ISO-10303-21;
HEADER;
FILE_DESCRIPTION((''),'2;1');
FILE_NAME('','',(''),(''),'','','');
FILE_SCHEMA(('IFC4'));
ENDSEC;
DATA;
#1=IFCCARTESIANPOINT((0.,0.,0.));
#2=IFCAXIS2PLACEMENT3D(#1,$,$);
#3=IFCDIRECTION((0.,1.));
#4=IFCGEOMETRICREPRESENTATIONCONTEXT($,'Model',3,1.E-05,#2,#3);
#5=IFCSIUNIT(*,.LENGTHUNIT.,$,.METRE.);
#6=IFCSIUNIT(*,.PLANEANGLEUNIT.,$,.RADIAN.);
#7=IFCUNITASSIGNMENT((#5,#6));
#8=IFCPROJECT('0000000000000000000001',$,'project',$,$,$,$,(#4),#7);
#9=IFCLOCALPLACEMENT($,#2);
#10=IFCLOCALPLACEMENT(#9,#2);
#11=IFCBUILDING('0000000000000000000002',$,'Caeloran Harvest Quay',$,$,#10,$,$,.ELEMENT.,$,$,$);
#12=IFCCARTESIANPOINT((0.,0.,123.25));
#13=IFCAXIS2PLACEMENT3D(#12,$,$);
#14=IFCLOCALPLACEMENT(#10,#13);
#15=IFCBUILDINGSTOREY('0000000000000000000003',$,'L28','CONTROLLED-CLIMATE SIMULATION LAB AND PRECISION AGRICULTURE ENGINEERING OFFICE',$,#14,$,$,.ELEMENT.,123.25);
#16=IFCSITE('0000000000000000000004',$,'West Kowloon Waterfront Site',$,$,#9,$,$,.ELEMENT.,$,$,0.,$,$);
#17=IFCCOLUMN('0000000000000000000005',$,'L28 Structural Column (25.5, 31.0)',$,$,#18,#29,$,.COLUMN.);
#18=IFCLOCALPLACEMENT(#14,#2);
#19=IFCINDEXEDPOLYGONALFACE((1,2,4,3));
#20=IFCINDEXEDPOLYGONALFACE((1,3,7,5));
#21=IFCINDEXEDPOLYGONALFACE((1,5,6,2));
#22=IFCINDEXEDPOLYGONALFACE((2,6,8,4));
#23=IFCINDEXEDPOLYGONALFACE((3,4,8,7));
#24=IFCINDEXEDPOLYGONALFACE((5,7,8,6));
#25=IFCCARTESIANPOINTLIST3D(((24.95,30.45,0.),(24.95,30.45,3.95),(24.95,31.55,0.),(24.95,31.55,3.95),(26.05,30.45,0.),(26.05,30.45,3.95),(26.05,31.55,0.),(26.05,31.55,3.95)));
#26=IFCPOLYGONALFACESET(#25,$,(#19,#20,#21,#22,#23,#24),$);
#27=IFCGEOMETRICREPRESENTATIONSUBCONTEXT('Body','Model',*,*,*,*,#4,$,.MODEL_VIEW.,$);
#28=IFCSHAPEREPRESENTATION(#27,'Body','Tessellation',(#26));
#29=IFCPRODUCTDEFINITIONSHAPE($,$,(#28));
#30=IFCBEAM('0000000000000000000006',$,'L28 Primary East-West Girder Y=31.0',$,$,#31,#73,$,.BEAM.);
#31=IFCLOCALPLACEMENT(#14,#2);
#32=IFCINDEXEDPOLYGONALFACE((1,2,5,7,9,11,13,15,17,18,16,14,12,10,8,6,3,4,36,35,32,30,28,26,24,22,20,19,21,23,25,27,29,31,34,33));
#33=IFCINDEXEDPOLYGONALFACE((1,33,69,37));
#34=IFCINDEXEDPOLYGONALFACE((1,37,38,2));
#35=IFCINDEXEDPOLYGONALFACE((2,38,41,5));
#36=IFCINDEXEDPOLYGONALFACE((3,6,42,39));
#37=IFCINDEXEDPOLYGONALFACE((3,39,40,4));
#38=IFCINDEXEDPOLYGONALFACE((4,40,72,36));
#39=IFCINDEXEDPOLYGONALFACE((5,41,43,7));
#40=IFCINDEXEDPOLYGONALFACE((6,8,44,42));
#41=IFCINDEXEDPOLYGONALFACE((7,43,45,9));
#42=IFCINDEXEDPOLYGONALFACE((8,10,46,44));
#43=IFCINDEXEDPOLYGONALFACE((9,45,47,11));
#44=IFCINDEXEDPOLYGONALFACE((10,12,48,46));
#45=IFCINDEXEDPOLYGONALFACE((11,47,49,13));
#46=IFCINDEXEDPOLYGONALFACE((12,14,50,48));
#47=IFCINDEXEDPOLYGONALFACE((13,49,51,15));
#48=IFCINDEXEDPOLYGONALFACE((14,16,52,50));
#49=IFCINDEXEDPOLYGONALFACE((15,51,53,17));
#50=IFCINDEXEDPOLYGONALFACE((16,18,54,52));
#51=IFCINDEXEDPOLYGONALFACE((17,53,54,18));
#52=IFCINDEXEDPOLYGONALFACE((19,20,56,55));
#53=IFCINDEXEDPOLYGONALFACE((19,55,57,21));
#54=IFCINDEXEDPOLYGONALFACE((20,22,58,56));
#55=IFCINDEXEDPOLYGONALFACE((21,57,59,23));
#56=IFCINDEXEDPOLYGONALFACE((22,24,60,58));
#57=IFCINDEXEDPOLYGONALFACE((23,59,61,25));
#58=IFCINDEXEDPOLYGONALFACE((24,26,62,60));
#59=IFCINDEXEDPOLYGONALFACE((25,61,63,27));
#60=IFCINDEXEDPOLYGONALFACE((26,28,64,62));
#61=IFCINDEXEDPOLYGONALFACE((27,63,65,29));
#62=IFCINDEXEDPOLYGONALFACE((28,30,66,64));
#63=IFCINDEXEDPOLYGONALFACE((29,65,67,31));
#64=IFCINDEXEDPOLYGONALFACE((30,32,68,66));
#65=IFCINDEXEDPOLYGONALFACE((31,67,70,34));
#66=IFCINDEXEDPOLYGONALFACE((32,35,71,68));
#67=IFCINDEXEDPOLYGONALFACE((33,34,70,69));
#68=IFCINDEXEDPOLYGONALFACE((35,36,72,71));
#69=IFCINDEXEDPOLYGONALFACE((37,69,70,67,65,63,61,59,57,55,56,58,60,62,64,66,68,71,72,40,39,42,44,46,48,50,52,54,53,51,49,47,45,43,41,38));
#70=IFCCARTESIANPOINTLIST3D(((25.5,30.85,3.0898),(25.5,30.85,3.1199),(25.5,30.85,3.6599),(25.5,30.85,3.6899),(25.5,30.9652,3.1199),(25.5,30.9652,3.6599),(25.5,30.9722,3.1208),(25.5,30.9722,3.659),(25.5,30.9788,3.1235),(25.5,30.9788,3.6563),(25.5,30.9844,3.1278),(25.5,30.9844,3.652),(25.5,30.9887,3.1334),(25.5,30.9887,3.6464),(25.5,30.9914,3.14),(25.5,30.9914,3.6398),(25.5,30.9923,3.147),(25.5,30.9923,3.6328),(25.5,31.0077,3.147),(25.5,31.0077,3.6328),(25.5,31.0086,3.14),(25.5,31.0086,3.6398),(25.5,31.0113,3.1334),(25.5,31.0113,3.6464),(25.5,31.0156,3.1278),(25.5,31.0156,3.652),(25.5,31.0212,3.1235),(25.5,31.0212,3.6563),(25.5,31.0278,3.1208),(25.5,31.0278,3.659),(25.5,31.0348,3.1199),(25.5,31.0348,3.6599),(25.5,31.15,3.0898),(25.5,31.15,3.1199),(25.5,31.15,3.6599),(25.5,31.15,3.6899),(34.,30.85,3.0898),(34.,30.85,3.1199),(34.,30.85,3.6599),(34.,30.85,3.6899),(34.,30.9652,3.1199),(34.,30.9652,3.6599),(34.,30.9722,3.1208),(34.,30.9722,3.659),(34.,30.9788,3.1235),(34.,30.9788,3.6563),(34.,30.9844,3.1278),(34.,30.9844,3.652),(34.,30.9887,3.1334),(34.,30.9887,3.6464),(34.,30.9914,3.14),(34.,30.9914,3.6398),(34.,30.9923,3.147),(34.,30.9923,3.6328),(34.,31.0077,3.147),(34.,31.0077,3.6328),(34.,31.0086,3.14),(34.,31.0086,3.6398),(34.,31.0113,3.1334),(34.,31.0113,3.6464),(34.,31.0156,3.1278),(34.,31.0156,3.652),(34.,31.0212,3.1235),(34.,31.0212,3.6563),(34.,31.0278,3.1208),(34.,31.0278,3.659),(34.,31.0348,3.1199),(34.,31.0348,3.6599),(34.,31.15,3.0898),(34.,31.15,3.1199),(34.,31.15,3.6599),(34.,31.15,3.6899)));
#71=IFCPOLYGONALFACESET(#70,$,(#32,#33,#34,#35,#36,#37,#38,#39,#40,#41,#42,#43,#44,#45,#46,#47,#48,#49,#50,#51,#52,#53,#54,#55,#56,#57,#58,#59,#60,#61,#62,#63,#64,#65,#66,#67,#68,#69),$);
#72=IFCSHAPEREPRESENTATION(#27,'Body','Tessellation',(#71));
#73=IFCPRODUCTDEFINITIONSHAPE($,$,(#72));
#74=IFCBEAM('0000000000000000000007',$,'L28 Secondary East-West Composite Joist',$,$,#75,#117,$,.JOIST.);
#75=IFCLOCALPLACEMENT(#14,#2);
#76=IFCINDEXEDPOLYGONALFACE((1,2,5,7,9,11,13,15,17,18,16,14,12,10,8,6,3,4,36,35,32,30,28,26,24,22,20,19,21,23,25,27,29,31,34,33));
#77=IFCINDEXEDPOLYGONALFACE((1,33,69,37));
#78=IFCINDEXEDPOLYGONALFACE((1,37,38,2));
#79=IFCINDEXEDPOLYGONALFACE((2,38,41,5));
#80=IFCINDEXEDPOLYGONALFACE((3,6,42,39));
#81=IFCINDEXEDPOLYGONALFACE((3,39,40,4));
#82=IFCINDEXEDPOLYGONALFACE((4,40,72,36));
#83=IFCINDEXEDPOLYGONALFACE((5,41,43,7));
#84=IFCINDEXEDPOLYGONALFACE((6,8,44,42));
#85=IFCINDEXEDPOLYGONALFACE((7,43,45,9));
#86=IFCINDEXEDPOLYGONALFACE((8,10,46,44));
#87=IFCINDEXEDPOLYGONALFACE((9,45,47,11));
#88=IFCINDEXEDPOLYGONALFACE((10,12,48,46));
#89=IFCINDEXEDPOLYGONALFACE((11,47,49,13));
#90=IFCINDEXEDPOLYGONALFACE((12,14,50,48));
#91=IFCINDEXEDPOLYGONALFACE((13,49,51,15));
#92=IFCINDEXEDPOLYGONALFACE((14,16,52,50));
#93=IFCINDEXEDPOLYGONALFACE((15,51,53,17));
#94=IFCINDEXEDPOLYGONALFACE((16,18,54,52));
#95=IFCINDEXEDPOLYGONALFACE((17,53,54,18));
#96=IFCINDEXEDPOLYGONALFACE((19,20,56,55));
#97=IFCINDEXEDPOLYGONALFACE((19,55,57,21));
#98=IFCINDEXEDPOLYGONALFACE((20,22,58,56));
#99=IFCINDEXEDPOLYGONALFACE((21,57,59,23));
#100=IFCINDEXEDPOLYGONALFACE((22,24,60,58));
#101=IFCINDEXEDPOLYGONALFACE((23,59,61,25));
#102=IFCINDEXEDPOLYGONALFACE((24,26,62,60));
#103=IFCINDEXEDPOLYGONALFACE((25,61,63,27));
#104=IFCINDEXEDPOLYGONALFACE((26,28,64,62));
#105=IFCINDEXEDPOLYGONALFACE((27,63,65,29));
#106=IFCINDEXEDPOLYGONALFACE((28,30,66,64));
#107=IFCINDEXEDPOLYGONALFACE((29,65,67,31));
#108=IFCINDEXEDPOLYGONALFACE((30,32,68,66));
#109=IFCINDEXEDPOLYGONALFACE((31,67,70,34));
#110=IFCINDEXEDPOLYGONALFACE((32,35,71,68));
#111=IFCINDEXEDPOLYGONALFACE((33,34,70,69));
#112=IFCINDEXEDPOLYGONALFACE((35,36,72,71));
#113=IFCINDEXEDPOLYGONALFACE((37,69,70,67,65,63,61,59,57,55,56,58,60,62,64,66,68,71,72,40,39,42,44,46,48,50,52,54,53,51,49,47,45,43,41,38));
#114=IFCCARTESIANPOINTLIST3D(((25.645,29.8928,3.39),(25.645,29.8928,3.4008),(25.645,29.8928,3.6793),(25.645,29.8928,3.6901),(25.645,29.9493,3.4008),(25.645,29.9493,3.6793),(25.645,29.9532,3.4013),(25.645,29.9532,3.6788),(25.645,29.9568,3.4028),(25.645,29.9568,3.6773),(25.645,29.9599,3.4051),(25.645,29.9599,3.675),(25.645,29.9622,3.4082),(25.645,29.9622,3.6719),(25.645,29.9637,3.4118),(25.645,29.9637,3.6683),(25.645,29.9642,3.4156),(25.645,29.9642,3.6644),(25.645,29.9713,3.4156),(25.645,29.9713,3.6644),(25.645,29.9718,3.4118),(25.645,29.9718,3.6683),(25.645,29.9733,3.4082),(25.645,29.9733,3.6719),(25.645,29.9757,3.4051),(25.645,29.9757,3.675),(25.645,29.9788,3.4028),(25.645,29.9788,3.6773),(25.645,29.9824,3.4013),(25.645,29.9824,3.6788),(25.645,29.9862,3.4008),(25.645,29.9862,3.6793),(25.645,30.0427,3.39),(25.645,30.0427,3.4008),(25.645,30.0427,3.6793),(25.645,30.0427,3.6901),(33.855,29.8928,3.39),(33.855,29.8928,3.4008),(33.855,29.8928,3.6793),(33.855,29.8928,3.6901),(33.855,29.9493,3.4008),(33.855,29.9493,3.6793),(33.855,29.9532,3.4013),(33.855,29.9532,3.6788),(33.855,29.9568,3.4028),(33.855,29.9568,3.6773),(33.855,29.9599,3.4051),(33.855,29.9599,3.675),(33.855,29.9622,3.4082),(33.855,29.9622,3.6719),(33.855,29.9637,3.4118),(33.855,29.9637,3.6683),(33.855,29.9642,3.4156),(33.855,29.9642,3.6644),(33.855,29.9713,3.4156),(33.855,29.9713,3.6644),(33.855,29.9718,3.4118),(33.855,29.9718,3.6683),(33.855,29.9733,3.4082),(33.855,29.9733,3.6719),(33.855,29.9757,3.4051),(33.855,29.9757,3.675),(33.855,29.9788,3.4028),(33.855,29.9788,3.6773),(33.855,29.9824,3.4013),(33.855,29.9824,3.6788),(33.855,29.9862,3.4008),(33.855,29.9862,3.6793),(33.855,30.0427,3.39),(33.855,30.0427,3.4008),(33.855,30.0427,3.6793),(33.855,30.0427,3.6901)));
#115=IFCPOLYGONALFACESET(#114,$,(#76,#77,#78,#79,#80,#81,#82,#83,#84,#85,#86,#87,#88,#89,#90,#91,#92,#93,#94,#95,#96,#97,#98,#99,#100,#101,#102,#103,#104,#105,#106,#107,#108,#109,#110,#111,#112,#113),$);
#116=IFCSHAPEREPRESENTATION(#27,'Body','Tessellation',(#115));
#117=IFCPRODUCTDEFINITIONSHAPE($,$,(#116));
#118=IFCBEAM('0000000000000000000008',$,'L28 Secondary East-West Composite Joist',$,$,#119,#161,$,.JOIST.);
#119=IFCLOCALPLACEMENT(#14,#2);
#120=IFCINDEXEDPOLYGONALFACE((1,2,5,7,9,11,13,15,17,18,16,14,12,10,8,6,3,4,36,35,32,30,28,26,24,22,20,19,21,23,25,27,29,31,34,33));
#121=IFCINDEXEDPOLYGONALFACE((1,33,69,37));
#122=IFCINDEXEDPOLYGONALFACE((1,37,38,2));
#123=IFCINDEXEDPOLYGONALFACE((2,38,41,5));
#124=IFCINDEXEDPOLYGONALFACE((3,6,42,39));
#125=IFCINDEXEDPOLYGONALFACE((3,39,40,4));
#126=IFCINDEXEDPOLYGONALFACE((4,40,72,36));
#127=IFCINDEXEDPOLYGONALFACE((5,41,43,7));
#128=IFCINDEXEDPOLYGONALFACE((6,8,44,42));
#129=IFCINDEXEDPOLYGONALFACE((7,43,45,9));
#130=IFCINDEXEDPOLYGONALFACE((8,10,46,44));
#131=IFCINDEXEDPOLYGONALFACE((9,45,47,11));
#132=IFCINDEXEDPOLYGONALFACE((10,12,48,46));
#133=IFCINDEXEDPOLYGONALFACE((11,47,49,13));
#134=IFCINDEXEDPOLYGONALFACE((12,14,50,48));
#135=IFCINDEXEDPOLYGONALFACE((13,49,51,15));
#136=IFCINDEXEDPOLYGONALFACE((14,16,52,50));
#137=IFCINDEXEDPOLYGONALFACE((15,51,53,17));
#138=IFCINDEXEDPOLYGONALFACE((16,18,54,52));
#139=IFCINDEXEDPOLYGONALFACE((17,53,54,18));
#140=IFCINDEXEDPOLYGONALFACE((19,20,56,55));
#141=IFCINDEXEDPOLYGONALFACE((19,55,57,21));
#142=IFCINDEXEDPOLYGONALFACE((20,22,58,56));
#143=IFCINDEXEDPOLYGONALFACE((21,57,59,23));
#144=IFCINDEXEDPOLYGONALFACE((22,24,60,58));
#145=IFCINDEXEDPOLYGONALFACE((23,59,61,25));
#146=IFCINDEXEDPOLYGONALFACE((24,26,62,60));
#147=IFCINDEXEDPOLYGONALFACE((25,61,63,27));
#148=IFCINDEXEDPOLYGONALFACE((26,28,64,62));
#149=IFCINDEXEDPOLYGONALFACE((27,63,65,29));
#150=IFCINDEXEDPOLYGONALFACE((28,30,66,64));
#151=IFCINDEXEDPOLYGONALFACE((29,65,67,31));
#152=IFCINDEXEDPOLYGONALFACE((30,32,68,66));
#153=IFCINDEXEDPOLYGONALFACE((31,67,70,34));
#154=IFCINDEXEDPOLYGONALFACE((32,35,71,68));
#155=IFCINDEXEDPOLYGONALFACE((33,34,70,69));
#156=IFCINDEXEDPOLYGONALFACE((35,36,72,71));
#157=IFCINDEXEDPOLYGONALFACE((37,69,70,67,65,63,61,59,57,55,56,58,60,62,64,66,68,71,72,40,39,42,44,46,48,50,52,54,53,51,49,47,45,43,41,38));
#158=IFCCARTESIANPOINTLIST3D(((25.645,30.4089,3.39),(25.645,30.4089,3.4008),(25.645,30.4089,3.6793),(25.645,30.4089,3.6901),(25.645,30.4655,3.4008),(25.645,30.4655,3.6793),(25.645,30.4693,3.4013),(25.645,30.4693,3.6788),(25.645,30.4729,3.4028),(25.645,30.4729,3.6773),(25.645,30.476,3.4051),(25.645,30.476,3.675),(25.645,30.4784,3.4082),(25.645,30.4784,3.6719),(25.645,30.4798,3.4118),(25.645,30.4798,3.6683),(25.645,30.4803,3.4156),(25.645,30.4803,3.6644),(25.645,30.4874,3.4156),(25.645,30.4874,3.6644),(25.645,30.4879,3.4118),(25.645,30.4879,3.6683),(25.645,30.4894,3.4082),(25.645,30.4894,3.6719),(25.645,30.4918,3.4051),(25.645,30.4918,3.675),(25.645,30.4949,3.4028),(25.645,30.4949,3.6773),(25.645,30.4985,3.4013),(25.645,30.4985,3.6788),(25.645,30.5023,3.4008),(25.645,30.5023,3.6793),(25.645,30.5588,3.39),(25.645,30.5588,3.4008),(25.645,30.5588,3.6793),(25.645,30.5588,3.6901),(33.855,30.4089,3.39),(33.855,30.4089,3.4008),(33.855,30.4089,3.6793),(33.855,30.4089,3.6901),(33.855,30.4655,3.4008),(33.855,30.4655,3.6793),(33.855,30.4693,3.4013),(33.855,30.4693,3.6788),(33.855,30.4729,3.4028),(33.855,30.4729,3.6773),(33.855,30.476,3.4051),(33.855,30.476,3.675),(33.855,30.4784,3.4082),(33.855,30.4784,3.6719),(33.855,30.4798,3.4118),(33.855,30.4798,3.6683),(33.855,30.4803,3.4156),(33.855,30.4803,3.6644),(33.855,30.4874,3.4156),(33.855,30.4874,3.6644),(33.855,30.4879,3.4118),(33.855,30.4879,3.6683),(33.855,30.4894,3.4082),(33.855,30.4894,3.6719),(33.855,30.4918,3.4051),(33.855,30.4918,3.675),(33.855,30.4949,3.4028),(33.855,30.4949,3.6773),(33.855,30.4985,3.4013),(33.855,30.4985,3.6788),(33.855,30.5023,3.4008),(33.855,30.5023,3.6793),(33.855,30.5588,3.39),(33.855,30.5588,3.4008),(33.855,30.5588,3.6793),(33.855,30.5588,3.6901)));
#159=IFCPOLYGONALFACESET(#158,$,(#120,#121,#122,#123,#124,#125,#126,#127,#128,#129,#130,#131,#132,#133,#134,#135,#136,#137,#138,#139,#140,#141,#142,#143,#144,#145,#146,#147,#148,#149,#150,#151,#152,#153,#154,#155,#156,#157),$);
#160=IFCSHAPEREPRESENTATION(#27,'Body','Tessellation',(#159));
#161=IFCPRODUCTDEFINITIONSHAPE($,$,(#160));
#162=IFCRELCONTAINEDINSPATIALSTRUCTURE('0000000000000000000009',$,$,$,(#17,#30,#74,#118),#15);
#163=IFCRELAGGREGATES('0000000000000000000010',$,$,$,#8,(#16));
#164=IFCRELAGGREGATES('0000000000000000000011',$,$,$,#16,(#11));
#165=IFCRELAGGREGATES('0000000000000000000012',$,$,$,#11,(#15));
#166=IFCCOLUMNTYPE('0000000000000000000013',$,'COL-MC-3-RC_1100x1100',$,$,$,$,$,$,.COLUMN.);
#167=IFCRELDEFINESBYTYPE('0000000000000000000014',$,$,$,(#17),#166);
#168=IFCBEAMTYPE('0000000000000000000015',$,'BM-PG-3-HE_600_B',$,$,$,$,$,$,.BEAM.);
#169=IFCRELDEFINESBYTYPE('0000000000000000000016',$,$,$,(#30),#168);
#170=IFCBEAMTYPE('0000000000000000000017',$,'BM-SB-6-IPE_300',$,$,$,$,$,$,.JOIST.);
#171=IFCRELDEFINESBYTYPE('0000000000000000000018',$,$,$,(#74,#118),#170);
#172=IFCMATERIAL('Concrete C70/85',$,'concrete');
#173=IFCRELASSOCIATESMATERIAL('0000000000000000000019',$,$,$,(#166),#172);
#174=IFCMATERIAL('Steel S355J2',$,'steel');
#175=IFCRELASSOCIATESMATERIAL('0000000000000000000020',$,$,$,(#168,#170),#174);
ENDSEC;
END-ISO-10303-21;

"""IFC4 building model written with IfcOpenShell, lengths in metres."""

from ifc_helpers import new_model, si_unit, direction, frame, origin, origin_2d, place, context, subcontext, project, spatial, rectangle, i_section, extrude, material, material_profile, profile_set, type_object, element, save


model = new_model("IFC4")

# Units and contexts
model_context = context("Model", 3, precision=1e-05, world=origin(), true_north=direction((0.0, 1.0)))
body_context = subcontext(model_context, "Body", "Model", "MODEL_VIEW")
ifc_project = project(units=[si_unit("LENGTHUNIT", "METRE"), si_unit("PLANEANGLEUNIT", "RADIAN")], contexts=[model_context])

# Site, building, storey
site_placement = place(None, origin())
site = spatial("IfcSite", under=ifc_project, at=site_placement, Name="West Kowloon Waterfront Site", CompositionType="ELEMENT", RefElevation=0.0)
building_placement = place(site_placement, origin())
building = spatial("IfcBuilding", under=site, at=building_placement, Name="Caeloran Harvest Quay", CompositionType="ELEMENT")
storey_placement = place(building_placement, frame((0.0, 0.0, 123.25)))
storey = spatial("IfcBuildingStorey", under=building, at=storey_placement, Name="L28", Description="CONTROLLED-CLIMATE SIMULATION LAB AND PRECISION AGRICULTURE ENGINEERING OFFICE", CompositionType="ELEMENT", Elevation=123.25)

# Column
ifc_material_1 = material(Name="Concrete C70/85", Category="concrete")
ifc_material_profile_1 = material_profile(ifc_material_1, rectangle(XDim=1.1001, YDim=1.1001, at=origin_2d()), Name="RC 1100x1100")
ifc_profile_set_1 = profile_set([ifc_material_profile_1], Name="Concrete C70/85")
column_type = type_object("IfcColumnType", Name="COL-MC-3-RC_1100x1100", PredefinedType="COLUMN", material=ifc_profile_set_1)
column_placement = place(storey_placement, frame((25.5, 31.0, 0.0), z_axis=(0.0, 0.0, 1.0), x_axis=(1.0, 0.0, 0.0)))
element("IfcColumn", 1, at=column_placement, inside=storey, type_object=column_type, Name="L28 Structural Column (25.5, 31.0)", PredefinedType="COLUMN", context=body_context, shape_type="SweptSolid", body=[
    extrude(rectangle(XDim=1.1001, YDim=1.1001, at=origin_2d()), origin(), (0.0, 0.0, 1.0), 3.95),
])

# Beams
ifc_material_2 = material(Name="Steel S355J2", Category="steel")
ifc_material_profile_2 = material_profile(ifc_material_2, i_section(OverallWidth=0.3, OverallDepth=0.6001, WebThickness=0.0154, FlangeThickness=0.03, FilletRadius=0.0271, at=origin_2d()), Name="HE 600 B")
ifc_profile_set_2 = profile_set([ifc_material_profile_2], Name="Steel S355J2")
beam_type_1 = type_object("IfcBeamType", Name="BM-PG-3-HE_600_B", PredefinedType="BEAM", material=ifc_profile_set_2)
beam_placement = place(storey_placement, frame((25.5, 31.0, 3.3899), z_axis=(1.0, 0.0, 0.0), x_axis=(0.0, 1.0, 0.0)))
element("IfcBeam", 2, at=beam_placement, inside=storey, type_object=beam_type_1, Name="L28 Primary East-West Girder Y=31.0", PredefinedType="BEAM", context=body_context, shape_type="SweptSolid", body=[
    extrude(i_section(OverallWidth=0.3, OverallDepth=0.6001, WebThickness=0.0154, FlangeThickness=0.03, FilletRadius=0.0271, at=origin_2d()), origin(), (0.0, 0.0, 1.0), 8.5),
])
ifc_material_profile_3 = material_profile(ifc_material_2, i_section(OverallWidth=0.1499, OverallDepth=0.3, WebThickness=0.0071, FlangeThickness=0.0107, FilletRadius=0.0149, at=origin_2d()), Name="IPE 300")
ifc_profile_set_3 = profile_set([ifc_material_profile_3], Name="Steel S355J2")
beam_type_2 = type_object("IfcBeamType", Name="BM-SB-6-IPE_300", PredefinedType="JOIST", material=ifc_profile_set_3)
for number, where, z_axis, x_axis, name in (
    (3, (25.645, 29.9678, 3.54), (1.0, 0.0, 0.0), (0.0, 1.0, 0.0), "L28 Secondary East-West Composite Joist"),
    (4, (25.645, 30.4839, 3.54), (1.0, 0.0, 0.0), (0.0, 1.0, 0.0), "L28 Secondary East-West Composite Joist"),
):
    element("IfcBeam", number, at=place(storey_placement, frame(where, z_axis=z_axis, x_axis=x_axis)), inside=storey, type_object=beam_type_2, Name=name, PredefinedType="JOIST", context=body_context, shape_type="SweptSolid", body=[
        extrude(i_section(OverallWidth=0.1499, OverallDepth=0.3, WebThickness=0.0071, FlangeThickness=0.0107, FilletRadius=0.0149, at=origin_2d()), origin(), (0.0, 0.0, 1.0), 8.21),
    ])

save(model, "model.ifc")
